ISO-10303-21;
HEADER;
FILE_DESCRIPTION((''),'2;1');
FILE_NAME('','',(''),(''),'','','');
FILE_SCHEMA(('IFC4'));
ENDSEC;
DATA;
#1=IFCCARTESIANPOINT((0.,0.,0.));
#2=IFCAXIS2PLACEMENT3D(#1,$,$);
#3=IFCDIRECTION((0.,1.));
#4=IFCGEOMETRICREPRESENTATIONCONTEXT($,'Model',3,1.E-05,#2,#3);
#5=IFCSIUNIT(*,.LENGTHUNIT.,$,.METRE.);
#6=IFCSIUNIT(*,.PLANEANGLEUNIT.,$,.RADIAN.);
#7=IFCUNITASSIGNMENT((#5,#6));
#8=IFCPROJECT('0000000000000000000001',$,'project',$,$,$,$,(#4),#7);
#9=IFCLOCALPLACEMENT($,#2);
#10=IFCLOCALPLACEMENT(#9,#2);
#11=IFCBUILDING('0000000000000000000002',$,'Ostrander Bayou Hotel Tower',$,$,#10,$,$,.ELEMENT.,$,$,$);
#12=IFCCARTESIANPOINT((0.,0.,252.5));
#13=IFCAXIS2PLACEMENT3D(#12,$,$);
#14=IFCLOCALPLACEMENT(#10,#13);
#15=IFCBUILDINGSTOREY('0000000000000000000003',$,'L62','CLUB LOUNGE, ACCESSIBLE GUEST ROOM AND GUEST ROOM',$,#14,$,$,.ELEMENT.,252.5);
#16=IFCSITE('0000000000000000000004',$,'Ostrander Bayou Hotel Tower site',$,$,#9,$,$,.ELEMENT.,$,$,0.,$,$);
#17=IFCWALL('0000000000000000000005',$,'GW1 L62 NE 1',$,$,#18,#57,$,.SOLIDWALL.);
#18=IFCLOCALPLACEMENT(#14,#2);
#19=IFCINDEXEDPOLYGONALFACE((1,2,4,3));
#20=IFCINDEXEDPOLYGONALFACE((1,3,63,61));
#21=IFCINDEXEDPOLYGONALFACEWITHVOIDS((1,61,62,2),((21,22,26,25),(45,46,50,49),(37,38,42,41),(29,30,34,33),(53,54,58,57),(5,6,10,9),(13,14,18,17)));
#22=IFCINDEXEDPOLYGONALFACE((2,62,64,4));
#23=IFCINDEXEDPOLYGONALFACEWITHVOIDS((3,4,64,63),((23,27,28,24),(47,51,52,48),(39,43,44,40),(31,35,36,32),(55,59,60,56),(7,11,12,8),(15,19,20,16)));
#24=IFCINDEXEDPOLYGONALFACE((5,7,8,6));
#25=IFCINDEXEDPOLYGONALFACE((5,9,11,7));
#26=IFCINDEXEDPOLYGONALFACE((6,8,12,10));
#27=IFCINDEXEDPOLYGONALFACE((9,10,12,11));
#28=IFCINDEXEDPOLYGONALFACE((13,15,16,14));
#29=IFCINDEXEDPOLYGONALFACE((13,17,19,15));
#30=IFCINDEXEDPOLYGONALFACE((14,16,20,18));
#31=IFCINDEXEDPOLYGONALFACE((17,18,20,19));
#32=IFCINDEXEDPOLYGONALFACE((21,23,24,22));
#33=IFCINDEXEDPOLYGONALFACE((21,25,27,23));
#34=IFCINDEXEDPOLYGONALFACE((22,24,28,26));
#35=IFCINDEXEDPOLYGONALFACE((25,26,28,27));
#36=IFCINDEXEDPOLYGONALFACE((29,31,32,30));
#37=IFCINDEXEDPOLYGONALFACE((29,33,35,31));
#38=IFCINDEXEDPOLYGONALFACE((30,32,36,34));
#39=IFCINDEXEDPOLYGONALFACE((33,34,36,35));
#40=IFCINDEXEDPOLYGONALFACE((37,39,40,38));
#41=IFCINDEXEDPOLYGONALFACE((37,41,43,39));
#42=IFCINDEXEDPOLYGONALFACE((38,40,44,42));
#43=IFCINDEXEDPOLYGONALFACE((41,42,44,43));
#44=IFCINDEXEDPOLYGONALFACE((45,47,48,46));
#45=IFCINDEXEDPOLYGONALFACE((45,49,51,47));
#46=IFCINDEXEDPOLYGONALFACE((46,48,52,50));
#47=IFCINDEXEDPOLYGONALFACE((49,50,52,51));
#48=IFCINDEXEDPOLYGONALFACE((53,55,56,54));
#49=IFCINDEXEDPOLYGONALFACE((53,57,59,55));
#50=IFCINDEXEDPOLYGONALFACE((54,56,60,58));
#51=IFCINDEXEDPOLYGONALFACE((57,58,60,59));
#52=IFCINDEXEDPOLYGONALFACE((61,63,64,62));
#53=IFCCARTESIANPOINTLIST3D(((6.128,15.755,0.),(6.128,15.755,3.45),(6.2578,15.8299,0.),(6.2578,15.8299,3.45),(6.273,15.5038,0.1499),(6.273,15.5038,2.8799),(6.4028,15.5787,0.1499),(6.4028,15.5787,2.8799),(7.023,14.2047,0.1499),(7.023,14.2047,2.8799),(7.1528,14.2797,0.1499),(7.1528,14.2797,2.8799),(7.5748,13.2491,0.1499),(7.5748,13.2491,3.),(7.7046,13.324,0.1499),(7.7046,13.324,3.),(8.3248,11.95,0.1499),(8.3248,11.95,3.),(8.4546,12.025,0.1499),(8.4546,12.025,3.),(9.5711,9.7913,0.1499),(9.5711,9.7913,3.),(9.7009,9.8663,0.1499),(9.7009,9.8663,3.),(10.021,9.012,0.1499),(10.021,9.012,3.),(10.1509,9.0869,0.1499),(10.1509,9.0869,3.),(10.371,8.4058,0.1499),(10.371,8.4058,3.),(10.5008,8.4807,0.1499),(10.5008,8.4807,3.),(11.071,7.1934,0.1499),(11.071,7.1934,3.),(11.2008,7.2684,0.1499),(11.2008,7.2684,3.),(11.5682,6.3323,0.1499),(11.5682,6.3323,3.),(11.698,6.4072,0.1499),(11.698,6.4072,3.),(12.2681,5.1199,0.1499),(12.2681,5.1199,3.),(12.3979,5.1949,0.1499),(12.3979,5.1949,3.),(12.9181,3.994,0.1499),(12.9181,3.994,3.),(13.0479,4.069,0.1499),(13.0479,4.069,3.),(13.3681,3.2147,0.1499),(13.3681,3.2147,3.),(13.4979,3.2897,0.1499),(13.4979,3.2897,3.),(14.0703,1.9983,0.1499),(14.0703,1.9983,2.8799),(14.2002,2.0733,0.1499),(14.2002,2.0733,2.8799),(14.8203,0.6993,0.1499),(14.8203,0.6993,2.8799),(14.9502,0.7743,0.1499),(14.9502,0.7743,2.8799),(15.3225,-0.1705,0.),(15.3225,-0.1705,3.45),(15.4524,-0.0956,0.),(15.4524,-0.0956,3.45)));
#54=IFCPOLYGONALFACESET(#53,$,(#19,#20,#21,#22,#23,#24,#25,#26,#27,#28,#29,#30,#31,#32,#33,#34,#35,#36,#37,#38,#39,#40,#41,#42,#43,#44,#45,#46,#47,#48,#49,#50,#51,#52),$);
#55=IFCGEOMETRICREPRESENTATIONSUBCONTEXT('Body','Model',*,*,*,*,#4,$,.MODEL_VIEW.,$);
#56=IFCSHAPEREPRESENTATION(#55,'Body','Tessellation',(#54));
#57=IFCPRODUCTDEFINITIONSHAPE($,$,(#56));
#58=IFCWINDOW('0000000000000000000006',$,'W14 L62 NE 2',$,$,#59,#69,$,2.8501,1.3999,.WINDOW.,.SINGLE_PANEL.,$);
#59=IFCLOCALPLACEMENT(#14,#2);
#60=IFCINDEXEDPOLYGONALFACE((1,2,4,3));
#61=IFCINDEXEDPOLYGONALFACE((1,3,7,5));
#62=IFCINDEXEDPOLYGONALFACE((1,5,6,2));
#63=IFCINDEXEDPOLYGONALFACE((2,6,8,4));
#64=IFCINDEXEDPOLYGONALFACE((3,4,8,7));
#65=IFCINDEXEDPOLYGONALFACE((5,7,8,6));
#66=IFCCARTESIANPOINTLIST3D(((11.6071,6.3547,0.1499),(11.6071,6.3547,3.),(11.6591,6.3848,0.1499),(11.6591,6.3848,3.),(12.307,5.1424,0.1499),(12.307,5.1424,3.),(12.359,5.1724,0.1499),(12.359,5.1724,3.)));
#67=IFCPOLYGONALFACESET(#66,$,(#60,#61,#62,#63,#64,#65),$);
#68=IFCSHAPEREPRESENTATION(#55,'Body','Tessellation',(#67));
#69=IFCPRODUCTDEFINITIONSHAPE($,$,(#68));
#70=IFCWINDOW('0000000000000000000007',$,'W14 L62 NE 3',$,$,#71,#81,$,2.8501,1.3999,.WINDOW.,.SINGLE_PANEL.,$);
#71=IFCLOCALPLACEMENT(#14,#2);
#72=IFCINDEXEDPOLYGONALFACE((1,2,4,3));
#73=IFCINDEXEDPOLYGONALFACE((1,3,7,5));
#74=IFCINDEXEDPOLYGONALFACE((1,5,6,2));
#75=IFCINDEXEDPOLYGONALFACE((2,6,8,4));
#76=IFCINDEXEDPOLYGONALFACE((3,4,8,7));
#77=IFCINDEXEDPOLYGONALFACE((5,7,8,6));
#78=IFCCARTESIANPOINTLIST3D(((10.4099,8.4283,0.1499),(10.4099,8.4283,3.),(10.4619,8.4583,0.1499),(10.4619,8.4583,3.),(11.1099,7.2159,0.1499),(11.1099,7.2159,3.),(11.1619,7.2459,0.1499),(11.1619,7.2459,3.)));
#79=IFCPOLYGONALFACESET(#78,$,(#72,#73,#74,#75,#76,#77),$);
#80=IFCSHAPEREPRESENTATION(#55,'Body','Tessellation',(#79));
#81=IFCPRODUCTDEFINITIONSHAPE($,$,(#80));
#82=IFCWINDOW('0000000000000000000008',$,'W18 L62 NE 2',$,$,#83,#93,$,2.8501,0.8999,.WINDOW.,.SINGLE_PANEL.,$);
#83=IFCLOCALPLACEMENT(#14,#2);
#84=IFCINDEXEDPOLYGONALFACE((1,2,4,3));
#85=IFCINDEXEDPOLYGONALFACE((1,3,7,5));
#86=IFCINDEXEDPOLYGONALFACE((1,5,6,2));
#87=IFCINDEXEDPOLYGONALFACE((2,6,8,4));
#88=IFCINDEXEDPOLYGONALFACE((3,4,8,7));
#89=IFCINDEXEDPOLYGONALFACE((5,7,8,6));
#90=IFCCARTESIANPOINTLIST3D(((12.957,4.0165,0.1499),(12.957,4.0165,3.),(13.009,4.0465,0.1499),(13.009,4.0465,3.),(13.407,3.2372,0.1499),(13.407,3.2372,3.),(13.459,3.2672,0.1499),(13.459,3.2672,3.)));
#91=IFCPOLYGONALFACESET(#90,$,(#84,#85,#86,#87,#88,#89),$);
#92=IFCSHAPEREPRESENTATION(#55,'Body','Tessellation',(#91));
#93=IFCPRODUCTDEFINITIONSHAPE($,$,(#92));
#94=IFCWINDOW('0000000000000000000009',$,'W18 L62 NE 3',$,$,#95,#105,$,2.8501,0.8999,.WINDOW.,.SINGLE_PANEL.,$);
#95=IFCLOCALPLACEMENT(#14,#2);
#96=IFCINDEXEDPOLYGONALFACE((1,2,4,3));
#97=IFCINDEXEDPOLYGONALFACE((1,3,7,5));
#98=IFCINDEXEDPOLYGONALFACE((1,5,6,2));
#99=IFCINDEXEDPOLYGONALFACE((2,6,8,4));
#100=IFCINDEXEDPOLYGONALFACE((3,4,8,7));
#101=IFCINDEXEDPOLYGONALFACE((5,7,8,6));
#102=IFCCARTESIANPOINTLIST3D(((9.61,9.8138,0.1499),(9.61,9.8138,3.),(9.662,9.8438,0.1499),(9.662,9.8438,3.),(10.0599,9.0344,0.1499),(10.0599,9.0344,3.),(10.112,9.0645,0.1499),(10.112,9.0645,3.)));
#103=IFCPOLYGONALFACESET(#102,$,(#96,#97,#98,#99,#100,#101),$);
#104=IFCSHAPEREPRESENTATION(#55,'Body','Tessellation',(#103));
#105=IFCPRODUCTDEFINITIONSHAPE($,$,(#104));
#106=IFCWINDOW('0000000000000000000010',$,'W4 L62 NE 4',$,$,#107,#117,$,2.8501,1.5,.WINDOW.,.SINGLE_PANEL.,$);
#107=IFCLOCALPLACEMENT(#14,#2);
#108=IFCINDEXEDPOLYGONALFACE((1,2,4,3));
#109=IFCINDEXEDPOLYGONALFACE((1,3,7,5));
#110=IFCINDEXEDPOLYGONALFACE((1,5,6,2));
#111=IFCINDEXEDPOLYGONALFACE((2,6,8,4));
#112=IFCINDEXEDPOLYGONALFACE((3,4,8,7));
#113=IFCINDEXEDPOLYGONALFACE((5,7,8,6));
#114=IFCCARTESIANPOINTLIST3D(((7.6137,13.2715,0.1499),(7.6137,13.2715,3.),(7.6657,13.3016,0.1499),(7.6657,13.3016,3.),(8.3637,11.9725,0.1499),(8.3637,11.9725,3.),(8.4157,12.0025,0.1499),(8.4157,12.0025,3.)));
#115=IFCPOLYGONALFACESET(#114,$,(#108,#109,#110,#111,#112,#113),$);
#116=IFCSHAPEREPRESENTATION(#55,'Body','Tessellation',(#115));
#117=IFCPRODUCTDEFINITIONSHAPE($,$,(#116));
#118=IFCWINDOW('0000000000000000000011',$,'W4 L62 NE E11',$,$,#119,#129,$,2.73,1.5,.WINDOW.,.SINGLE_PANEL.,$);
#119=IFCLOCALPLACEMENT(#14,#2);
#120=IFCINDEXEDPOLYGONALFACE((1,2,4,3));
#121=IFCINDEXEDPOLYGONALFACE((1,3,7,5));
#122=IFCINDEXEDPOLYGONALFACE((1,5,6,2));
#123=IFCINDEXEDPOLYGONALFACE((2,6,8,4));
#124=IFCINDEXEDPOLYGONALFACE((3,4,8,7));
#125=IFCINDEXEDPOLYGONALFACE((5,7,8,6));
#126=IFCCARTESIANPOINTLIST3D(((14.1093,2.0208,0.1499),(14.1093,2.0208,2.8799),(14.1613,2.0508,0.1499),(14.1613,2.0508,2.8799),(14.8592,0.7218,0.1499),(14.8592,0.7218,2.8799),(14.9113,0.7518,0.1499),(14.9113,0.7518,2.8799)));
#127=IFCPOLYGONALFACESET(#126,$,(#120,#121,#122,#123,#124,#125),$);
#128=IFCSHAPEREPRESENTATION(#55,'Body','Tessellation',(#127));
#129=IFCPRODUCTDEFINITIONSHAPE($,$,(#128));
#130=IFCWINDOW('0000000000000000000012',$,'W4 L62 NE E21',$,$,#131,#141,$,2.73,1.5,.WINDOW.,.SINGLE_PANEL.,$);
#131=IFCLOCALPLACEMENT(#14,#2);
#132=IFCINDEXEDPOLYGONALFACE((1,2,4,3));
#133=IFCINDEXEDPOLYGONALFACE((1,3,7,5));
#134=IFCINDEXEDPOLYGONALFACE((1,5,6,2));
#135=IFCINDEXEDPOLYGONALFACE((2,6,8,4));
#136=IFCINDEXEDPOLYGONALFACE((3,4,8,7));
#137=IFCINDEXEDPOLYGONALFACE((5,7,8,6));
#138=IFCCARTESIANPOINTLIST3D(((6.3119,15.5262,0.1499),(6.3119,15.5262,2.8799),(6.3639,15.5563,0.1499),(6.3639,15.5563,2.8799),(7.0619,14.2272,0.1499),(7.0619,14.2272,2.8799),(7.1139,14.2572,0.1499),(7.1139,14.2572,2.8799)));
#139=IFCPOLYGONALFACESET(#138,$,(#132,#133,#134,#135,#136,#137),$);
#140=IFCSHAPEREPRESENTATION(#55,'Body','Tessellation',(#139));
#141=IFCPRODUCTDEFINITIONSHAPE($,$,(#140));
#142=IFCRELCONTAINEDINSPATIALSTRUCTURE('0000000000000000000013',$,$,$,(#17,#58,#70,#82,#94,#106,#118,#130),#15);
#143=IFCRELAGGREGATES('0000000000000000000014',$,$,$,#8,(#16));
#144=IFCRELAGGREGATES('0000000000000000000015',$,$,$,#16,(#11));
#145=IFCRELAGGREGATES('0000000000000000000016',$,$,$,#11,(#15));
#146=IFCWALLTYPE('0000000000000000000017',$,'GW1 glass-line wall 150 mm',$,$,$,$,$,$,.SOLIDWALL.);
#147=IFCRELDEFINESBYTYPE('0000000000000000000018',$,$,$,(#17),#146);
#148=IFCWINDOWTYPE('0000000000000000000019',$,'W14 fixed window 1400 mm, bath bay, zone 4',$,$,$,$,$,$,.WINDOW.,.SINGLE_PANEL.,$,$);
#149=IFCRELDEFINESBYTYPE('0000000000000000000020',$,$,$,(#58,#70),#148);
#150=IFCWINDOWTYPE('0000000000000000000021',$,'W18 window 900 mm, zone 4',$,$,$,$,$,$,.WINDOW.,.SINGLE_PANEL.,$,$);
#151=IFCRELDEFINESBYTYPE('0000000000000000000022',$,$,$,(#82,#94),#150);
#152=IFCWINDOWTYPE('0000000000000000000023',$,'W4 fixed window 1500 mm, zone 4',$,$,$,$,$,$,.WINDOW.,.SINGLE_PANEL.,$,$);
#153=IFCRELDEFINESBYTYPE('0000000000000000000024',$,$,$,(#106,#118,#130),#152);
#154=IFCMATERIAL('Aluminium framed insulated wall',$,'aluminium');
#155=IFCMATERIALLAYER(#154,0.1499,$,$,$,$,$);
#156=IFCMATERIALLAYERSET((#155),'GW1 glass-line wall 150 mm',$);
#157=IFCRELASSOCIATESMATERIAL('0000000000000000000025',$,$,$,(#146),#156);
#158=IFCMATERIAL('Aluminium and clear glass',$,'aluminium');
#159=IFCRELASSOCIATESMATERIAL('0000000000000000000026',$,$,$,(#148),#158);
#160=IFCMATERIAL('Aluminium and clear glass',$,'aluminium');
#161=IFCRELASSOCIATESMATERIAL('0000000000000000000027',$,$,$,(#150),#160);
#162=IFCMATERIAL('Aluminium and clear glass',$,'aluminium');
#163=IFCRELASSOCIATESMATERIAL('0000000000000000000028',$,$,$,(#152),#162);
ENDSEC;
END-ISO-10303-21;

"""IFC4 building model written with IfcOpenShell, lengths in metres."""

from ifc_helpers import new_model, si_unit, direction, frame, frame_2d, origin, place, context, subcontext, project, spatial, rectangle, extrude, material, layer, layer_set, type_object, element, fill, save


model = new_model("IFC4")

# Units and contexts
model_context = context("Model", 3, precision=1e-05, world=origin(), true_north=direction((0.0, 1.0)))
body_context = subcontext(model_context, "Body", "Model", "MODEL_VIEW")
ifc_project = project(units=[si_unit("LENGTHUNIT", "METRE"), si_unit("PLANEANGLEUNIT", "RADIAN")], contexts=[model_context])

# Site, building, storey
site_placement = place(None, origin())
site = spatial("IfcSite", under=ifc_project, at=site_placement, Name="Ostrander Bayou Hotel Tower site", CompositionType="ELEMENT", RefElevation=0.0)
building_placement = place(site_placement, origin())
building = spatial("IfcBuilding", under=site, at=building_placement, Name="Ostrander Bayou Hotel Tower", CompositionType="ELEMENT")
storey_placement = place(building_placement, frame((0.0, 0.0, 252.5)))
storey = spatial("IfcBuildingStorey", under=building, at=storey_placement, Name="L62", Description="CLUB LOUNGE, ACCESSIBLE GUEST ROOM AND GUEST ROOM", CompositionType="ELEMENT", Elevation=252.5)

# Wall, openings, windows
ifc_material_1 = material(Name="Aluminium framed insulated wall", Category="aluminium")
ifc_layer_1 = layer(ifc_material_1, 0.1499)
ifc_layer_set_1 = layer_set([ifc_layer_1], Name="GW1 glass-line wall 150 mm")
wall_type_1 = type_object("IfcWallType", Name="GW1 glass-line wall 150 mm", PredefinedType="SOLIDWALL", material=ifc_layer_set_1)
wall_1_placement = place(storey_placement, frame((15.3875, -0.1331, 0.0), z_axis=(0.0, 0.0, 1.0), x_axis=(-0.499999, 0.866026, 0.0)))
wall_1 = element("IfcWall", 1, at=wall_1_placement, inside=storey, type_object=wall_type_1, Name="GW1 L62 NE 1", PredefinedType="SOLIDWALL", context=body_context, shape_type="SweptSolid", body=[
    extrude(rectangle(XDim=18.3892, YDim=0.1499, at=frame_2d((9.1946, 0.0))), origin(), (0.0, 0.0, 1.0), 3.45),
])
opening_1_placement = place(wall_1_placement, frame((3.9089, 0.0, 0.1499)))
opening_1 = element("IfcOpeningElement", 2, at=opening_1_placement, cuts=wall_1, PredefinedType="OPENING", context=body_context, shape_type="SweptSolid", body=[
    extrude(rectangle(XDim=0.8999, YDim=2.8501, at=frame_2d((0.45, 1.425))), frame((0.0, 0.075, 0.0), z_axis=(0.0, -1.0, 0.0), x_axis=(1.0, 0.0, 0.0)), (0.0, 0.0, 1.0), 0.1499),
])
opening_2_placement = place(wall_1_placement, frame((6.1089, 0.0, 0.1499)))
opening_2 = element("IfcOpeningElement", 3, at=opening_2_placement, cuts=wall_1, PredefinedType="OPENING", context=body_context, shape_type="SweptSolid", body=[
    extrude(rectangle(XDim=1.3999, YDim=2.8501, at=frame_2d((0.7, 1.425))), frame((0.0, 0.075, 0.0), z_axis=(0.0, -1.0, 0.0), x_axis=(1.0, 0.0, 0.0)), (0.0, 0.0, 1.0), 0.1499),
])
opening_3_placement = place(wall_1_placement, frame((10.603, 0.0, 0.1499)))
opening_3 = element("IfcOpeningElement", 4, at=opening_3_placement, cuts=wall_1, PredefinedType="OPENING", context=body_context, shape_type="SweptSolid", body=[
    extrude(rectangle(XDim=0.8999, YDim=2.8501, at=frame_2d((0.45, 1.425))), frame((0.0, 0.075, 0.0), z_axis=(0.0, -1.0, 0.0), x_axis=(1.0, 0.0, 0.0)), (0.0, 0.0, 1.0), 0.1499),
])
opening_4_placement = place(wall_1_placement, frame((8.5032, 0.0, 0.1499)))
opening_4 = element("IfcOpeningElement", 5, at=opening_4_placement, cuts=wall_1, PredefinedType="OPENING", context=body_context, shape_type="SweptSolid", body=[
    extrude(rectangle(XDim=1.3999, YDim=2.8501, at=frame_2d((0.7, 1.425))), frame((0.0, 0.075, 0.0), z_axis=(0.0, -1.0, 0.0), x_axis=(1.0, 0.0, 0.0)), (0.0, 0.0, 1.0), 0.1499),
])
opening_5_placement = place(wall_1_placement, frame((13.9956, 0.0, 0.1499)))
opening_5 = element("IfcOpeningElement", 6, at=opening_5_placement, cuts=wall_1, PredefinedType="OPENING", context=body_context, shape_type="SweptSolid", body=[
    extrude(rectangle(XDim=1.5, YDim=2.8501, at=frame_2d((0.75, 1.425))), frame((0.0, 0.075, 0.0), z_axis=(0.0, -1.0, 0.0), x_axis=(1.0, 0.0, 0.0)), (0.0, 0.0, 1.0), 0.1499),
])
opening_6_placement = place(wall_1_placement, frame((1.0044, 0.0, 0.1499)))
opening_6 = element("IfcOpeningElement", 7, at=opening_6_placement, cuts=wall_1, PredefinedType="OPENING", context=body_context, shape_type="SweptSolid", body=[
    extrude(rectangle(XDim=1.5, YDim=2.73, at=frame_2d((0.75, 1.365))), frame((0.0, 0.075, 0.0), z_axis=(0.0, -1.0, 0.0), x_axis=(1.0, 0.0, 0.0)), (0.0, 0.0, 1.0), 0.1499),
])
opening_7_placement = place(wall_1_placement, frame((16.5991, 0.0, 0.1499)))
opening_7 = element("IfcOpeningElement", 8, at=opening_7_placement, cuts=wall_1, PredefinedType="OPENING", context=body_context, shape_type="SweptSolid", body=[
    extrude(rectangle(XDim=1.5, YDim=2.73, at=frame_2d((0.75, 1.365))), frame((0.0, 0.075, 0.0), z_axis=(0.0, -1.0, 0.0), x_axis=(1.0, 0.0, 0.0)), (0.0, 0.0, 1.0), 0.1499),
])
ifc_material_2 = material(Name="Aluminium and clear glass", Category="aluminium")
window_type_1 = type_object("IfcWindowType", Name="W14 fixed window 1400 mm, bath bay, zone 4", PartitioningType="SINGLE_PANEL", PredefinedType="WINDOW", material=ifc_material_2)
window_1_placement = place(opening_2_placement, origin())
window_1 = element("IfcWindow", 9, at=window_1_placement, inside=storey, type_object=window_type_1, Name="W14 L62 NE 2", OverallHeight=2.8501, OverallWidth=1.3999, PartitioningType="SINGLE_PANEL", PredefinedType="WINDOW", context=body_context, shape_type="SweptSolid", body=[
    extrude(rectangle(XDim=1.3999, YDim=2.8501, at=frame_2d((0.7, 1.425))), frame((0.0, 0.03, 0.0), z_axis=(0.0, -1.0, 0.0), x_axis=(1.0, 0.0, 0.0)), (0.0, 0.0, 1.0), 0.0601),
])
fill(opening_2, window_1)
window_2_placement = place(opening_4_placement, origin())
window_2 = element("IfcWindow", 10, at=window_2_placement, inside=storey, type_object=window_type_1, Name="W14 L62 NE 3", OverallHeight=2.8501, OverallWidth=1.3999, PartitioningType="SINGLE_PANEL", PredefinedType="WINDOW", context=body_context, shape_type="SweptSolid", body=[
    extrude(rectangle(XDim=1.3999, YDim=2.8501, at=frame_2d((0.7, 1.425))), frame((0.0, 0.03, 0.0), z_axis=(0.0, -1.0, 0.0), x_axis=(1.0, 0.0, 0.0)), (0.0, 0.0, 1.0), 0.0601),
])
fill(opening_4, window_2)
ifc_material_3 = material(Name="Aluminium and clear glass", Category="aluminium")
window_type_2 = type_object("IfcWindowType", Name="W18 window 900 mm, zone 4", PartitioningType="SINGLE_PANEL", PredefinedType="WINDOW", material=ifc_material_3)
window_3_placement = place(opening_1_placement, origin())
window_3 = element("IfcWindow", 11, at=window_3_placement, inside=storey, type_object=window_type_2, Name="W18 L62 NE 2", OverallHeight=2.8501, OverallWidth=0.8999, PartitioningType="SINGLE_PANEL", PredefinedType="WINDOW", context=body_context, shape_type="SweptSolid", body=[
    extrude(rectangle(XDim=0.8999, YDim=2.8501, at=frame_2d((0.45, 1.425))), frame((0.0, 0.03, 0.0), z_axis=(0.0, -1.0, 0.0), x_axis=(1.0, 0.0, 0.0)), (0.0, 0.0, 1.0), 0.0601),
])
fill(opening_1, window_3)
window_4_placement = place(opening_3_placement, origin())
window_4 = element("IfcWindow", 12, at=window_4_placement, inside=storey, type_object=window_type_2, Name="W18 L62 NE 3", OverallHeight=2.8501, OverallWidth=0.8999, PartitioningType="SINGLE_PANEL", PredefinedType="WINDOW", context=body_context, shape_type="SweptSolid", body=[
    extrude(rectangle(XDim=0.8999, YDim=2.8501, at=frame_2d((0.45, 1.425))), frame((0.0, 0.03, 0.0), z_axis=(0.0, -1.0, 0.0), x_axis=(1.0, 0.0, 0.0)), (0.0, 0.0, 1.0), 0.0601),
])
fill(opening_3, window_4)
ifc_material_4 = material(Name="Aluminium and clear glass", Category="aluminium")
window_type_3 = type_object("IfcWindowType", Name="W4 fixed window 1500 mm, zone 4", PartitioningType="SINGLE_PANEL", PredefinedType="WINDOW", material=ifc_material_4)
window_5_placement = place(opening_5_placement, origin())
window_5 = element("IfcWindow", 13, at=window_5_placement, inside=storey, type_object=window_type_3, Name="W4 L62 NE 4", OverallHeight=2.8501, OverallWidth=1.5, PartitioningType="SINGLE_PANEL", PredefinedType="WINDOW", context=body_context, shape_type="SweptSolid", body=[
    extrude(rectangle(XDim=1.5, YDim=2.8501, at=frame_2d((0.75, 1.425))), frame((0.0, 0.03, 0.0), z_axis=(0.0, -1.0, 0.0), x_axis=(1.0, 0.0, 0.0)), (0.0, 0.0, 1.0), 0.0601),
])
fill(opening_5, window_5)
window_6_placement = place(opening_6_placement, origin())
window_6 = element("IfcWindow", 14, at=window_6_placement, inside=storey, type_object=window_type_3, Name="W4 L62 NE E11", OverallHeight=2.73, OverallWidth=1.5, PartitioningType="SINGLE_PANEL", PredefinedType="WINDOW", context=body_context, shape_type="SweptSolid", body=[
    extrude(rectangle(XDim=1.5, YDim=2.73, at=frame_2d((0.75, 1.365))), frame((0.0, 0.03, 0.0), z_axis=(0.0, -1.0, 0.0), x_axis=(1.0, 0.0, 0.0)), (0.0, 0.0, 1.0), 0.0601),
])
fill(opening_6, window_6)
window_7_placement = place(opening_7_placement, origin())
window_7 = element("IfcWindow", 15, at=window_7_placement, inside=storey, type_object=window_type_3, Name="W4 L62 NE E21", OverallHeight=2.73, OverallWidth=1.5, PartitioningType="SINGLE_PANEL", PredefinedType="WINDOW", context=body_context, shape_type="SweptSolid", body=[
    extrude(rectangle(XDim=1.5, YDim=2.73, at=frame_2d((0.75, 1.365))), frame((0.0, 0.03, 0.0), z_axis=(0.0, -1.0, 0.0), x_axis=(1.0, 0.0, 0.0)), (0.0, 0.0, 1.0), 0.0601),
])
fill(opening_7, window_7)

save(model, "model.ifc")
